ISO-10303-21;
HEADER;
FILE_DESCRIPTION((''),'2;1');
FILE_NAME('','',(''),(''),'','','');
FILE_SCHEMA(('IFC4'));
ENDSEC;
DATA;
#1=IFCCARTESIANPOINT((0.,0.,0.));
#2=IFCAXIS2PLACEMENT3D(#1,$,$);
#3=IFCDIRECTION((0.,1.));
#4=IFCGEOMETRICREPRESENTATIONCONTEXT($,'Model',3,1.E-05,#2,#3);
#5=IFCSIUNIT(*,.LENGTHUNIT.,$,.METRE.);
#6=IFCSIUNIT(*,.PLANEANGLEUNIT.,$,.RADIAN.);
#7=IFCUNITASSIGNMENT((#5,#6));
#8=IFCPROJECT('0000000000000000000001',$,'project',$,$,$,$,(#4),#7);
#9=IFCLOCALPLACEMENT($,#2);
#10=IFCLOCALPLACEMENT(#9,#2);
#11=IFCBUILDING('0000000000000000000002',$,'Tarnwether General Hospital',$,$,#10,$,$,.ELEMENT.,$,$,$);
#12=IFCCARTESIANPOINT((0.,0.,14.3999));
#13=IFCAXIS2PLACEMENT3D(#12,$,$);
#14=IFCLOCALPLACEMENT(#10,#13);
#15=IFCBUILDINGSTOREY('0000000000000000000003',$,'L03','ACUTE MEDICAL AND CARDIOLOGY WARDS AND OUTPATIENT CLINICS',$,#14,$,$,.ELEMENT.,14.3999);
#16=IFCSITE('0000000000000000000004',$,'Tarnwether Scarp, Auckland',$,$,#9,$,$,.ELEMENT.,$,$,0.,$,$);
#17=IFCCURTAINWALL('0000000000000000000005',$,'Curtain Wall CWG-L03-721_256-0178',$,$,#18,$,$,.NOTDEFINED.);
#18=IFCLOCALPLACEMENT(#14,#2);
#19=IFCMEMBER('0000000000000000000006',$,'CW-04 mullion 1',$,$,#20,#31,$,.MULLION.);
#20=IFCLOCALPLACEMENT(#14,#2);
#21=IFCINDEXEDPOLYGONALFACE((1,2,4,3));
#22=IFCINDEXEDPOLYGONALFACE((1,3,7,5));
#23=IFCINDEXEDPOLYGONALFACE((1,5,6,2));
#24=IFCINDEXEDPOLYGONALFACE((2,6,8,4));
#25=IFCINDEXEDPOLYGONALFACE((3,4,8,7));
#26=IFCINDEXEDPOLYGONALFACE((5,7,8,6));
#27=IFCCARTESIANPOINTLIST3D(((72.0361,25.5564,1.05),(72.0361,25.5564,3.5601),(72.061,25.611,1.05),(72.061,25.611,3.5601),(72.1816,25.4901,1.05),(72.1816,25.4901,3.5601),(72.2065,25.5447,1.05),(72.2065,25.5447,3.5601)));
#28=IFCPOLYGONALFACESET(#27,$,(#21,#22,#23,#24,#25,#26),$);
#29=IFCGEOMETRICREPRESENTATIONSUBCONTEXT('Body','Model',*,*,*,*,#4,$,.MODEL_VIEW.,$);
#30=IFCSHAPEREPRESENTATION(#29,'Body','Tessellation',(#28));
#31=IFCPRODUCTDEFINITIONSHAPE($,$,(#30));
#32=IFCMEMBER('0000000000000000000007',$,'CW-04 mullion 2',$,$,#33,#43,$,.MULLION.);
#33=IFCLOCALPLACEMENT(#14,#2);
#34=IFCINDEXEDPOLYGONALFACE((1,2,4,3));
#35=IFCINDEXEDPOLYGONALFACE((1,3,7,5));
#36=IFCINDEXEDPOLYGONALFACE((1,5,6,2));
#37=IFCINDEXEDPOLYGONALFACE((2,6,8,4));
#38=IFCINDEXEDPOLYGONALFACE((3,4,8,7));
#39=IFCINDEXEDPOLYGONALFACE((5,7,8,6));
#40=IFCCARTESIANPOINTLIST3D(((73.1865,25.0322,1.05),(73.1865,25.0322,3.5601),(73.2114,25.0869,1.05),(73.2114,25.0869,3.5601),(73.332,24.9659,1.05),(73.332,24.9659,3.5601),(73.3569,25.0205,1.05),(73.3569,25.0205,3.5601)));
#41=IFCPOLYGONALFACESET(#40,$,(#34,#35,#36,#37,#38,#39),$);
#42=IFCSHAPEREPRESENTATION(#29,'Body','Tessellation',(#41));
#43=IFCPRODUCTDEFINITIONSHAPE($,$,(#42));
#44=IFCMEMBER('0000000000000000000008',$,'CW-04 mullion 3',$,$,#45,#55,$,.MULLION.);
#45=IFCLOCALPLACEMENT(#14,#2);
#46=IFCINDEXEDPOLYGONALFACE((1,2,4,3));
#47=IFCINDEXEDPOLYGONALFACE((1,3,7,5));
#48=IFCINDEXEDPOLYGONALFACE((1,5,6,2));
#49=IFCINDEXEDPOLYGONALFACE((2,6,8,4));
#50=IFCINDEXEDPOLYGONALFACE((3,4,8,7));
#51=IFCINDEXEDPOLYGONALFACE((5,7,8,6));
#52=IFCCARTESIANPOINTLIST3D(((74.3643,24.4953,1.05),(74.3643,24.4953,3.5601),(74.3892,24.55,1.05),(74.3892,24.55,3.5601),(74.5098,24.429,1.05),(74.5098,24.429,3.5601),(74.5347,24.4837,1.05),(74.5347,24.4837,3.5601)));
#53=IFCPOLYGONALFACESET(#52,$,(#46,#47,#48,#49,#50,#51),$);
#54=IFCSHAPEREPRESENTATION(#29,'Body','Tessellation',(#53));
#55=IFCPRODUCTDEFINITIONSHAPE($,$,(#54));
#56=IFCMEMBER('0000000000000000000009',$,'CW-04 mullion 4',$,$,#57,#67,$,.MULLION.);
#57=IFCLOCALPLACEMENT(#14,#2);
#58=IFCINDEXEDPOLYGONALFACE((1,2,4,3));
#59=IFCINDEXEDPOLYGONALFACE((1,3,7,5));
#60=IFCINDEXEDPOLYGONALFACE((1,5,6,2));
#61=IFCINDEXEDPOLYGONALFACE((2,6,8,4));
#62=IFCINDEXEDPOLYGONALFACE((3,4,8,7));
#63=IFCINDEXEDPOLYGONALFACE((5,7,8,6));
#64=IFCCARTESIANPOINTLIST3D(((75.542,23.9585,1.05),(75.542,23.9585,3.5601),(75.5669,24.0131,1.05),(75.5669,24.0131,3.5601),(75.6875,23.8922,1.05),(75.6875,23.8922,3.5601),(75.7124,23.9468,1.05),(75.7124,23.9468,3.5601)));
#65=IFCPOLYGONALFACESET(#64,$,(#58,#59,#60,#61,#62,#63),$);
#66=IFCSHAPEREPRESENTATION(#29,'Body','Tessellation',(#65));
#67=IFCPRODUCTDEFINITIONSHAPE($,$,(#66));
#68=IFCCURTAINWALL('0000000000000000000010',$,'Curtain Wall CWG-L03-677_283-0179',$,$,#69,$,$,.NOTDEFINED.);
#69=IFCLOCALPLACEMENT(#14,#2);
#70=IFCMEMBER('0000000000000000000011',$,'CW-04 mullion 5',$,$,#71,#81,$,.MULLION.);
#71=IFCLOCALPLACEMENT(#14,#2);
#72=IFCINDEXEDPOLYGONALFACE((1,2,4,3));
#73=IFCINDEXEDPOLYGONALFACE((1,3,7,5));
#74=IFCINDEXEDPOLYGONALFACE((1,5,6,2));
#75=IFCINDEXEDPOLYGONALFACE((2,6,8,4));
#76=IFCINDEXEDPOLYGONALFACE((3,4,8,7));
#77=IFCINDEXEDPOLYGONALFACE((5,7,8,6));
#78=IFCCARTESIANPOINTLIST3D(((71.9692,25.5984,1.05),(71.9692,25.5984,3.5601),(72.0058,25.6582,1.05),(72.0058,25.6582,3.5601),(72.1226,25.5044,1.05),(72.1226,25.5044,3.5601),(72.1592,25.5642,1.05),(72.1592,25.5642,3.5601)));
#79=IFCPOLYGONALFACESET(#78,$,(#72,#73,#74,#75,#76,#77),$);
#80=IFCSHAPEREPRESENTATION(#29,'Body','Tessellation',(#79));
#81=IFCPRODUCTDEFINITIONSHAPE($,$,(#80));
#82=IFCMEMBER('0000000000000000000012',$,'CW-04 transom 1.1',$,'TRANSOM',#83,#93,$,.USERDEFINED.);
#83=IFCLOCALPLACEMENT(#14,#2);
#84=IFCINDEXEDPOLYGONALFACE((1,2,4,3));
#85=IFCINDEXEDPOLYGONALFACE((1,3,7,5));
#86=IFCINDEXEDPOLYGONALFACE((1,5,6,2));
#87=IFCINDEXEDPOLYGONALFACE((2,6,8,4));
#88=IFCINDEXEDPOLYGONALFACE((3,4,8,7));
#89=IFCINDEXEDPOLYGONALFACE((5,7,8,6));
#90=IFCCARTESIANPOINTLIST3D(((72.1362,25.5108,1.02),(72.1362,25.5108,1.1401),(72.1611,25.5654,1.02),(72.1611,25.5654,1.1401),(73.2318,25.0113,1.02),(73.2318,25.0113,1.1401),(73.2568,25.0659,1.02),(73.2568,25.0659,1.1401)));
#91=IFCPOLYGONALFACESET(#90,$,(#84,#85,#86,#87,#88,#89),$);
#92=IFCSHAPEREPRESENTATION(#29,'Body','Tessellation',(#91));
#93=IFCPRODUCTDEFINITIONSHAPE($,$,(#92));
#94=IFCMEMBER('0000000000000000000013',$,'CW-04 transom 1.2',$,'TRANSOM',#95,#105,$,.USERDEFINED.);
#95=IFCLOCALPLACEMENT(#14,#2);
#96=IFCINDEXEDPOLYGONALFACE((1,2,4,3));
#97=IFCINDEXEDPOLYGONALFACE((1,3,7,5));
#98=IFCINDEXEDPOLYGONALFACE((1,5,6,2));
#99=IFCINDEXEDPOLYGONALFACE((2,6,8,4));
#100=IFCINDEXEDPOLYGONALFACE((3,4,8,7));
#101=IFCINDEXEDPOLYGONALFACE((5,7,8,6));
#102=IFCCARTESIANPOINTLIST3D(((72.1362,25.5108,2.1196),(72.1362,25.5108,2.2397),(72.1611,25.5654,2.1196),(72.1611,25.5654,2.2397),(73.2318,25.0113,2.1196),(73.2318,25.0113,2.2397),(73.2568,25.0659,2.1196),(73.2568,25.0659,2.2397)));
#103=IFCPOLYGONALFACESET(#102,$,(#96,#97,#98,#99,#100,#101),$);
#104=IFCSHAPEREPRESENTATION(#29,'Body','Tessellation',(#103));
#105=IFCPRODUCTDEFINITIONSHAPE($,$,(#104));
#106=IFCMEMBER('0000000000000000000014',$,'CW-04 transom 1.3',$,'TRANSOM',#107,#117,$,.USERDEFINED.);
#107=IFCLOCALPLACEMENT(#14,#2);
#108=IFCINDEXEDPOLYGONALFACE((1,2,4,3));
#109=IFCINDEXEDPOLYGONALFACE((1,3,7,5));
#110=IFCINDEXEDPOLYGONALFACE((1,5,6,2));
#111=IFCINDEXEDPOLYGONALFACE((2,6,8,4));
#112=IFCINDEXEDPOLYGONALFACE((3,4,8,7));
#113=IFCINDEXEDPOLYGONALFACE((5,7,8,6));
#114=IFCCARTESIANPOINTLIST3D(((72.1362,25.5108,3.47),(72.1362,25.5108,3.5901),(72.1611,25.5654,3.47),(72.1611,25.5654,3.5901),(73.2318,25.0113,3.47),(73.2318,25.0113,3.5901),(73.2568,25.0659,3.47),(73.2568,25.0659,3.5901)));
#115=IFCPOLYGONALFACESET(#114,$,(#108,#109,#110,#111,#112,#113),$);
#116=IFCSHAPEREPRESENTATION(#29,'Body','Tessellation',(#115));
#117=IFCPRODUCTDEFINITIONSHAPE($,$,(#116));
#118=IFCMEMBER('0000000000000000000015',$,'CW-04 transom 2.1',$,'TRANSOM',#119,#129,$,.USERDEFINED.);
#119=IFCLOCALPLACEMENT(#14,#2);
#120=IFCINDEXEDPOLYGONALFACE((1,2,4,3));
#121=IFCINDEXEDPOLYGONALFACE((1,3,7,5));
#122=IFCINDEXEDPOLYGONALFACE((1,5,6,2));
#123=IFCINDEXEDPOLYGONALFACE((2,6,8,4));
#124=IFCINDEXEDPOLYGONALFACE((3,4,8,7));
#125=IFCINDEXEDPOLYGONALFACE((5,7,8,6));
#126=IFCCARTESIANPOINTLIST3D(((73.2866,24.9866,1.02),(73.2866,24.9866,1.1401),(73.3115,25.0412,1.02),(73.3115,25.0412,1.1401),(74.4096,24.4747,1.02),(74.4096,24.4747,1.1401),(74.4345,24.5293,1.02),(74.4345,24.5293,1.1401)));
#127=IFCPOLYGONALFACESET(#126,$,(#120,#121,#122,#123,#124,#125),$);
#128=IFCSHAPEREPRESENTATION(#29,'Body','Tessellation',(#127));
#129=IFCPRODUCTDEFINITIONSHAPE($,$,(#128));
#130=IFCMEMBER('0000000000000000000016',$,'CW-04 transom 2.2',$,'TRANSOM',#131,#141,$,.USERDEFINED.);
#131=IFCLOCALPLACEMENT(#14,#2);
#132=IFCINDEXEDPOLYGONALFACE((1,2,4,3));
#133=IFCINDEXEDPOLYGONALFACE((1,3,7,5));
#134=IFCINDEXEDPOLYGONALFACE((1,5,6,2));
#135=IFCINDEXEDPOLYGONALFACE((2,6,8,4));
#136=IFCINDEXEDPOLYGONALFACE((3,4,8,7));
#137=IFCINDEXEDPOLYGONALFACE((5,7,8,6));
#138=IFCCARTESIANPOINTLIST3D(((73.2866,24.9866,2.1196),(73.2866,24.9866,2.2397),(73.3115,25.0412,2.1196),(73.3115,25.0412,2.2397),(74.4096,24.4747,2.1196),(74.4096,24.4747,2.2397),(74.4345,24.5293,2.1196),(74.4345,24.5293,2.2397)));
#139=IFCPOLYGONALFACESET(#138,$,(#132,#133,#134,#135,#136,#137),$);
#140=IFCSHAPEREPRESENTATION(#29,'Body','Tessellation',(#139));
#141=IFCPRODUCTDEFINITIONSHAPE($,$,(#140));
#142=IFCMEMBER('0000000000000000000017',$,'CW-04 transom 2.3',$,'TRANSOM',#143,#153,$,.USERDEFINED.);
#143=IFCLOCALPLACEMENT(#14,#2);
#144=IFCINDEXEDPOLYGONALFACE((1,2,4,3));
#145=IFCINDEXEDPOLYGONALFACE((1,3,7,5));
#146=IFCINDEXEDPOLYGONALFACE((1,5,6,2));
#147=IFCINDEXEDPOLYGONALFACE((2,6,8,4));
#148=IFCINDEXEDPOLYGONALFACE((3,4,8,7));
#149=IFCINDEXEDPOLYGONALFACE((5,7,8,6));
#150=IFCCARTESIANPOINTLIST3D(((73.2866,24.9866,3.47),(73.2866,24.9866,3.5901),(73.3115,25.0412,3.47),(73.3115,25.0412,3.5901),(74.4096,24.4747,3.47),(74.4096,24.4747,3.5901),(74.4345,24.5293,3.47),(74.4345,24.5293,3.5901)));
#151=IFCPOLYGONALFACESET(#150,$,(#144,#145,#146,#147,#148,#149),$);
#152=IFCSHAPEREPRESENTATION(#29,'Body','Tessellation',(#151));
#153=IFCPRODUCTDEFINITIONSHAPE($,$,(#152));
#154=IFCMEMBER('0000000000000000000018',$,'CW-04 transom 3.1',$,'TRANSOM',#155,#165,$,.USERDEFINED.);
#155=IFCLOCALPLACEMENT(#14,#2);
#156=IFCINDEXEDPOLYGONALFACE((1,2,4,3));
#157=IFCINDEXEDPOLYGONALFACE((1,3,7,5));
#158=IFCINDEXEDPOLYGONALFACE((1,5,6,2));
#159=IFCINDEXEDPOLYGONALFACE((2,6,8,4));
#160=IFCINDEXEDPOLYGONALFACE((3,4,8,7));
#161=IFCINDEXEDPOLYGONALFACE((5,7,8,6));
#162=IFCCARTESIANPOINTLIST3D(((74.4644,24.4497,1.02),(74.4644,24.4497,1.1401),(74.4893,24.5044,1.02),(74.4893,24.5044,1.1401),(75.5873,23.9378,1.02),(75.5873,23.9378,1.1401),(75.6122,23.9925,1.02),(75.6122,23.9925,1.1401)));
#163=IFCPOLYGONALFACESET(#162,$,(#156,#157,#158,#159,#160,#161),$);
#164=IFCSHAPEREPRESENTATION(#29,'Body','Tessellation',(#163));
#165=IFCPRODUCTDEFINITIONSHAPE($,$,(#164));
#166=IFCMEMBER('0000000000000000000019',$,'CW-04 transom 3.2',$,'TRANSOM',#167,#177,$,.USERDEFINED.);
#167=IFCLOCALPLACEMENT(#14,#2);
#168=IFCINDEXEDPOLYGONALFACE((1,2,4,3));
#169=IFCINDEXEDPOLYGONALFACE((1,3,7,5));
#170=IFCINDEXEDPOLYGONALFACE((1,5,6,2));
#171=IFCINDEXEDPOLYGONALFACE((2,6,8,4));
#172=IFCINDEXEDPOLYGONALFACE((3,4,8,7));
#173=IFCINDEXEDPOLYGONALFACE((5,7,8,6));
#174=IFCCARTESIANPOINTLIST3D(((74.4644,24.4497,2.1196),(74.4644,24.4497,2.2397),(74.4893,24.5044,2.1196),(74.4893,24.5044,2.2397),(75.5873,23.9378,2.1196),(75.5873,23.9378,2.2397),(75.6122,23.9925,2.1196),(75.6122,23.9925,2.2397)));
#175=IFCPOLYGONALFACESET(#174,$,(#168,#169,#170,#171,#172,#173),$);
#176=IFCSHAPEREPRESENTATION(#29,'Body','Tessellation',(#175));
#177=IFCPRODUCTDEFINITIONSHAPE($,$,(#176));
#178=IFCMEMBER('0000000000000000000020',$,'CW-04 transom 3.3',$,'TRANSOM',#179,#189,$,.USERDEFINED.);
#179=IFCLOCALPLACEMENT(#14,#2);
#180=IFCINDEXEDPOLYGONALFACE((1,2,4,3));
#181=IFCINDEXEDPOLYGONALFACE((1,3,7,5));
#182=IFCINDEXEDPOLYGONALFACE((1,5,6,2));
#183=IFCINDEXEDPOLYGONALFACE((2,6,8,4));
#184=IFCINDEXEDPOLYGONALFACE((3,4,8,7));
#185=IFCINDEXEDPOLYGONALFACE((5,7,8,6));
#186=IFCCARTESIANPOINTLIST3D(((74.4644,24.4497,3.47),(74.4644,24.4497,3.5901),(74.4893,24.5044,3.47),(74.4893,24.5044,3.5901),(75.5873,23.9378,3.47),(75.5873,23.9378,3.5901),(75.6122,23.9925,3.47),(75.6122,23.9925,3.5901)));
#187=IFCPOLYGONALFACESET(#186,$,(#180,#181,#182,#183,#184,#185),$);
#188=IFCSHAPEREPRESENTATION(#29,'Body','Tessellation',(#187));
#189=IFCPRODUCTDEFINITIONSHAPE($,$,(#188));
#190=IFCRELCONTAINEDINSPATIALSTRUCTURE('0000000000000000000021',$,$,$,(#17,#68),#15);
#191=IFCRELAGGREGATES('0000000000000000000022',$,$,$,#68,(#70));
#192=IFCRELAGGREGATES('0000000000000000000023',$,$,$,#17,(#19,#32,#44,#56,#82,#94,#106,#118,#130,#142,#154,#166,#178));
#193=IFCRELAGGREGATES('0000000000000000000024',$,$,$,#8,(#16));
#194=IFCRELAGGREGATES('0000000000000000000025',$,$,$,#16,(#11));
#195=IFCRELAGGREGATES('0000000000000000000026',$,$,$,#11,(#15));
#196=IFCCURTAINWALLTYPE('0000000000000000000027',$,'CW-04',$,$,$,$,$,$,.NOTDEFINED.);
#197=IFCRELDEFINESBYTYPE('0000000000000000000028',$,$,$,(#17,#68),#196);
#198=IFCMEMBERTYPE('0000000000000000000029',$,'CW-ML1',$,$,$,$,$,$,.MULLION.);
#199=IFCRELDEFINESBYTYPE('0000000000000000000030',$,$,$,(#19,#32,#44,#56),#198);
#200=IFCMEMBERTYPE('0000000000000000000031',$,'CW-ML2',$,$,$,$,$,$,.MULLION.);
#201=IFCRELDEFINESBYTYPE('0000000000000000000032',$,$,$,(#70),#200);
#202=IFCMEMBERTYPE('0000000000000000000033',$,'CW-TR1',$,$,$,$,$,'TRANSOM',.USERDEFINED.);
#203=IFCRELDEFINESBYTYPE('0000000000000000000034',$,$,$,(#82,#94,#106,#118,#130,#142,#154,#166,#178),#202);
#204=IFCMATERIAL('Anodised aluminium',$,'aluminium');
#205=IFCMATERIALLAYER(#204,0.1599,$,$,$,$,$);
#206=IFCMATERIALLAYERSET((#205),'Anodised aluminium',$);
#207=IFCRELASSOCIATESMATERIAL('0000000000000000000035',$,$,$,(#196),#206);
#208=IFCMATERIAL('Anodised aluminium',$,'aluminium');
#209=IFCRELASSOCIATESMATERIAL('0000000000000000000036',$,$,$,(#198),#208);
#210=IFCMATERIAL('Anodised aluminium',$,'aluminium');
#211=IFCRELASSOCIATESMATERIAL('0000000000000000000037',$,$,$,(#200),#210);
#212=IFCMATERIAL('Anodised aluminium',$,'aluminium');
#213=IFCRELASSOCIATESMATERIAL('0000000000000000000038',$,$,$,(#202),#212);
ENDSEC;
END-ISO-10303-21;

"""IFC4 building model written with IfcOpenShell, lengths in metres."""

from ifc_helpers import new_model, si_unit, direction, frame, origin, origin_2d, place, context, subcontext, project, spatial, rectangle, extrude, material, layer, layer_set, material_profile, profile_set, type_object, element, aggregate, save


model = new_model("IFC4")

# Units and contexts
model_context = context("Model", 3, precision=1e-05, world=origin(), true_north=direction((0.0, 1.0)))
body_context = subcontext(model_context, "Body", "Model", "MODEL_VIEW")
ifc_project = project(units=[si_unit("LENGTHUNIT", "METRE"), si_unit("PLANEANGLEUNIT", "RADIAN")], contexts=[model_context])

# Site, building, storey
site_placement = place(None, origin())
site = spatial("IfcSite", under=ifc_project, at=site_placement, Name="Tarnwether Scarp, Auckland", CompositionType="ELEMENT", RefElevation=0.0)
building_placement = place(site_placement, origin())
building = spatial("IfcBuilding", under=site, at=building_placement, Name="Tarnwether General Hospital", CompositionType="ELEMENT")
storey_placement = place(building_placement, frame((0.0, 0.0, 14.3999)))
storey = spatial("IfcBuildingStorey", under=building, at=storey_placement, Name="L03", Description="ACUTE MEDICAL AND CARDIOLOGY WARDS AND OUTPATIENT CLINICS", CompositionType="ELEMENT", Elevation=14.3999)

# Curtain wall, members
ifc_material_1 = material(Name="Anodised aluminium", Category="aluminium")
ifc_layer_1 = layer(ifc_material_1, 0.1599)
ifc_layer_set_1 = layer_set([ifc_layer_1], Name="Anodised aluminium")
curtain_wall_type = type_object("IfcCurtainWallType", Name="CW-04", PredefinedType="NOTDEFINED", material=ifc_layer_set_1)
curtain_wall_1_placement = place(storey_placement, origin())
curtain_wall_1 = element("IfcCurtainWall", 1, at=curtain_wall_1_placement, inside=storey, type_object=curtain_wall_type, Name="Curtain Wall CWG-L03-721_256-0178", PredefinedType="NOTDEFINED")
ifc_material_2 = material(Name="Anodised aluminium", Category="aluminium")
ifc_material_profile_1 = material_profile(ifc_material_2, rectangle(XDim=0.0601, YDim=0.1599, at=origin_2d()), Name="ALU-MUL-60x160")
ifc_profile_set_1 = profile_set([ifc_material_profile_1], Name="Anodised aluminium")
member_type_1 = type_object("IfcMemberType", Name="CW-ML1", PredefinedType="MULLION", material=ifc_profile_set_1)
member_1_placement = place(storey_placement, frame((72.1213, 25.5505, 1.05), z_axis=(0.0, 0.0, 1.0), x_axis=(0.414705, 0.909956, 0.0)))
member_1 = element("IfcMember", 2, at=member_1_placement, type_object=member_type_1, Name="CW-04 mullion 1", PredefinedType="MULLION", context=body_context, shape_type="SweptSolid", body=[
    extrude(rectangle(XDim=0.0601, YDim=0.1599, at=origin_2d()), origin(), (0.0, 0.0, 1.0), 2.51),
])
member_2_placement = place(storey_placement, frame((73.2717, 25.0264, 1.05), z_axis=(0.0, 0.0, 1.0), x_axis=(0.414705, 0.909956, 0.0)))
member_2 = element("IfcMember", 3, at=member_2_placement, type_object=member_type_1, Name="CW-04 mullion 2", PredefinedType="MULLION", context=body_context, shape_type="SweptSolid", body=[
    extrude(rectangle(XDim=0.0601, YDim=0.1599, at=origin_2d()), origin(), (0.0, 0.0, 1.0), 2.51),
])
member_3_placement = place(storey_placement, frame((74.4495, 24.4895, 1.05), z_axis=(0.0, 0.0, 1.0), x_axis=(0.414705, 0.909956, 0.0)))
member_3 = element("IfcMember", 4, at=member_3_placement, type_object=member_type_1, Name="CW-04 mullion 3", PredefinedType="MULLION", context=body_context, shape_type="SweptSolid", body=[
    extrude(rectangle(XDim=0.0601, YDim=0.1599, at=origin_2d()), origin(), (0.0, 0.0, 1.0), 2.51),
])
member_4_placement = place(storey_placement, frame((75.6272, 23.9526, 1.05), z_axis=(0.0, 0.0, 1.0), x_axis=(0.414705, 0.909956, 0.0)))
member_4 = element("IfcMember", 5, at=member_4_placement, type_object=member_type_1, Name="CW-04 mullion 4", PredefinedType="MULLION", context=body_context, shape_type="SweptSolid", body=[
    extrude(rectangle(XDim=0.0601, YDim=0.1599, at=origin_2d()), origin(), (0.0, 0.0, 1.0), 2.51),
])

# Curtain wall, member
curtain_wall_2_placement = place(storey_placement, origin())
curtain_wall_2 = element("IfcCurtainWall", 6, at=curtain_wall_2_placement, inside=storey, type_object=curtain_wall_type, Name="Curtain Wall CWG-L03-677_283-0179", PredefinedType="NOTDEFINED")
ifc_material_3 = material(Name="Anodised aluminium", Category="aluminium")
ifc_material_profile_2 = material_profile(ifc_material_3, rectangle(XDim=0.0701, YDim=0.1799, at=origin_2d()), Name="ALU-MUL-70x180")
ifc_profile_set_2 = profile_set([ifc_material_profile_2], Name="Anodised aluminium")
member_type_2 = type_object("IfcMemberType", Name="CW-ML2", PredefinedType="MULLION", material=ifc_profile_set_2)
member_5_placement = place(storey_placement, frame((72.0642, 25.5813, 1.05), z_axis=(0.0, 0.0, 1.0), x_axis=(0.522512, 0.852632, 0.0)))
member_5 = element("IfcMember", 7, at=member_5_placement, type_object=member_type_2, Name="CW-04 mullion 5", PredefinedType="MULLION", context=body_context, shape_type="SweptSolid", body=[
    extrude(rectangle(XDim=0.0701, YDim=0.1799, at=origin_2d()), origin(), (0.0, 0.0, 1.0), 2.51),
])

# Members
ifc_material_4 = material(Name="Anodised aluminium", Category="aluminium")
ifc_material_profile_3 = material_profile(ifc_material_4, rectangle(XDim=0.0601, YDim=0.1201, at=origin_2d()), Name="ALU-TRN-60x120")
ifc_profile_set_3 = profile_set([ifc_material_profile_3], Name="Anodised aluminium")
member_type_3 = type_object("IfcMemberType", Name="CW-TR1", ElementType="TRANSOM", PredefinedType="USERDEFINED", material=ifc_profile_set_3)
member_6_placement = place(storey_placement, frame((72.1487, 25.5381, 1.0801), z_axis=(0.909908, -0.414811, 0.0), x_axis=(0.414811, 0.909908, 0.0)))
member_6 = element("IfcMember", 8, at=member_6_placement, type_object=member_type_3, Name="CW-04 transom 1.1", ObjectType="TRANSOM", PredefinedType="USERDEFINED", context=body_context, shape_type="SweptSolid", body=[
    extrude(rectangle(XDim=0.0601, YDim=0.1201, at=origin_2d()), origin(), (0.0, 0.0, 1.0), 1.2041),
])
member_7_placement = place(storey_placement, frame((72.1487, 25.5381, 2.1797), z_axis=(0.909908, -0.414811, 0.0), x_axis=(0.414811, 0.909908, 0.0)))
member_7 = element("IfcMember", 9, at=member_7_placement, type_object=member_type_3, Name="CW-04 transom 1.2", ObjectType="TRANSOM", PredefinedType="USERDEFINED", context=body_context, shape_type="SweptSolid", body=[
    extrude(rectangle(XDim=0.0601, YDim=0.1201, at=origin_2d()), origin(), (0.0, 0.0, 1.0), 1.2041),
])
member_8_placement = place(storey_placement, frame((72.1487, 25.5381, 3.53), z_axis=(0.909908, -0.414811, 0.0), x_axis=(0.414811, 0.909908, 0.0)))
member_8 = element("IfcMember", 10, at=member_8_placement, type_object=member_type_3, Name="CW-04 transom 1.3", ObjectType="TRANSOM", PredefinedType="USERDEFINED", context=body_context, shape_type="SweptSolid", body=[
    extrude(rectangle(XDim=0.0601, YDim=0.1201, at=origin_2d()), origin(), (0.0, 0.0, 1.0), 1.2041),
])
member_9_placement = place(storey_placement, frame((73.2991, 25.0139, 1.0801), z_axis=(0.909912, -0.414801, 0.0), x_axis=(0.414801, 0.909912, 0.0)))
member_9 = element("IfcMember", 11, at=member_9_placement, type_object=member_type_3, Name="CW-04 transom 2.1", ObjectType="TRANSOM", PredefinedType="USERDEFINED", context=body_context, shape_type="SweptSolid", body=[
    extrude(rectangle(XDim=0.0601, YDim=0.1201, at=origin_2d()), origin(), (0.0, 0.0, 1.0), 1.2341),
])
member_10_placement = place(storey_placement, frame((73.2991, 25.0139, 2.1797), z_axis=(0.909912, -0.414801, 0.0), x_axis=(0.414801, 0.909912, 0.0)))
member_10 = element("IfcMember", 12, at=member_10_placement, type_object=member_type_3, Name="CW-04 transom 2.2", ObjectType="TRANSOM", PredefinedType="USERDEFINED", context=body_context, shape_type="SweptSolid", body=[
    extrude(rectangle(XDim=0.0601, YDim=0.1201, at=origin_2d()), origin(), (0.0, 0.0, 1.0), 1.2341),
])
member_11_placement = place(storey_placement, frame((73.2991, 25.0139, 3.53), z_axis=(0.909912, -0.414801, 0.0), x_axis=(0.414801, 0.909912, 0.0)))
member_11 = element("IfcMember", 13, at=member_11_placement, type_object=member_type_3, Name="CW-04 transom 2.3", ObjectType="TRANSOM", PredefinedType="USERDEFINED", context=body_context, shape_type="SweptSolid", body=[
    extrude(rectangle(XDim=0.0601, YDim=0.1201, at=origin_2d()), origin(), (0.0, 0.0, 1.0), 1.2341),
])
member_12_placement = place(storey_placement, frame((74.4768, 24.4771, 1.0801), z_axis=(0.909912, -0.414801, 0.0), x_axis=(0.414801, 0.909912, 0.0)))
member_12 = element("IfcMember", 14, at=member_12_placement, type_object=member_type_3, Name="CW-04 transom 3.1", ObjectType="TRANSOM", PredefinedType="USERDEFINED", context=body_context, shape_type="SweptSolid", body=[
    extrude(rectangle(XDim=0.0601, YDim=0.1201, at=origin_2d()), origin(), (0.0, 0.0, 1.0), 1.2341),
])
member_13_placement = place(storey_placement, frame((74.4768, 24.4771, 2.1797), z_axis=(0.909912, -0.414801, 0.0), x_axis=(0.414801, 0.909912, 0.0)))
member_13 = element("IfcMember", 15, at=member_13_placement, type_object=member_type_3, Name="CW-04 transom 3.2", ObjectType="TRANSOM", PredefinedType="USERDEFINED", context=body_context, shape_type="SweptSolid", body=[
    extrude(rectangle(XDim=0.0601, YDim=0.1201, at=origin_2d()), origin(), (0.0, 0.0, 1.0), 1.2341),
])
member_14_placement = place(storey_placement, frame((74.4768, 24.4771, 3.53), z_axis=(0.909912, -0.414801, 0.0), x_axis=(0.414801, 0.909912, 0.0)))
member_14 = element("IfcMember", 16, at=member_14_placement, type_object=member_type_3, Name="CW-04 transom 3.3", ObjectType="TRANSOM", PredefinedType="USERDEFINED", context=body_context, shape_type="SweptSolid", body=[
    extrude(rectangle(XDim=0.0601, YDim=0.1201, at=origin_2d()), origin(), (0.0, 0.0, 1.0), 1.2341),
])

aggregate(curtain_wall_2, [member_5])
aggregate(curtain_wall_1, [member_1, member_2, member_3, member_4, member_6, member_7, member_8, member_9, member_10, member_11, member_12, member_13, member_14])

save(model, "model.ifc")
